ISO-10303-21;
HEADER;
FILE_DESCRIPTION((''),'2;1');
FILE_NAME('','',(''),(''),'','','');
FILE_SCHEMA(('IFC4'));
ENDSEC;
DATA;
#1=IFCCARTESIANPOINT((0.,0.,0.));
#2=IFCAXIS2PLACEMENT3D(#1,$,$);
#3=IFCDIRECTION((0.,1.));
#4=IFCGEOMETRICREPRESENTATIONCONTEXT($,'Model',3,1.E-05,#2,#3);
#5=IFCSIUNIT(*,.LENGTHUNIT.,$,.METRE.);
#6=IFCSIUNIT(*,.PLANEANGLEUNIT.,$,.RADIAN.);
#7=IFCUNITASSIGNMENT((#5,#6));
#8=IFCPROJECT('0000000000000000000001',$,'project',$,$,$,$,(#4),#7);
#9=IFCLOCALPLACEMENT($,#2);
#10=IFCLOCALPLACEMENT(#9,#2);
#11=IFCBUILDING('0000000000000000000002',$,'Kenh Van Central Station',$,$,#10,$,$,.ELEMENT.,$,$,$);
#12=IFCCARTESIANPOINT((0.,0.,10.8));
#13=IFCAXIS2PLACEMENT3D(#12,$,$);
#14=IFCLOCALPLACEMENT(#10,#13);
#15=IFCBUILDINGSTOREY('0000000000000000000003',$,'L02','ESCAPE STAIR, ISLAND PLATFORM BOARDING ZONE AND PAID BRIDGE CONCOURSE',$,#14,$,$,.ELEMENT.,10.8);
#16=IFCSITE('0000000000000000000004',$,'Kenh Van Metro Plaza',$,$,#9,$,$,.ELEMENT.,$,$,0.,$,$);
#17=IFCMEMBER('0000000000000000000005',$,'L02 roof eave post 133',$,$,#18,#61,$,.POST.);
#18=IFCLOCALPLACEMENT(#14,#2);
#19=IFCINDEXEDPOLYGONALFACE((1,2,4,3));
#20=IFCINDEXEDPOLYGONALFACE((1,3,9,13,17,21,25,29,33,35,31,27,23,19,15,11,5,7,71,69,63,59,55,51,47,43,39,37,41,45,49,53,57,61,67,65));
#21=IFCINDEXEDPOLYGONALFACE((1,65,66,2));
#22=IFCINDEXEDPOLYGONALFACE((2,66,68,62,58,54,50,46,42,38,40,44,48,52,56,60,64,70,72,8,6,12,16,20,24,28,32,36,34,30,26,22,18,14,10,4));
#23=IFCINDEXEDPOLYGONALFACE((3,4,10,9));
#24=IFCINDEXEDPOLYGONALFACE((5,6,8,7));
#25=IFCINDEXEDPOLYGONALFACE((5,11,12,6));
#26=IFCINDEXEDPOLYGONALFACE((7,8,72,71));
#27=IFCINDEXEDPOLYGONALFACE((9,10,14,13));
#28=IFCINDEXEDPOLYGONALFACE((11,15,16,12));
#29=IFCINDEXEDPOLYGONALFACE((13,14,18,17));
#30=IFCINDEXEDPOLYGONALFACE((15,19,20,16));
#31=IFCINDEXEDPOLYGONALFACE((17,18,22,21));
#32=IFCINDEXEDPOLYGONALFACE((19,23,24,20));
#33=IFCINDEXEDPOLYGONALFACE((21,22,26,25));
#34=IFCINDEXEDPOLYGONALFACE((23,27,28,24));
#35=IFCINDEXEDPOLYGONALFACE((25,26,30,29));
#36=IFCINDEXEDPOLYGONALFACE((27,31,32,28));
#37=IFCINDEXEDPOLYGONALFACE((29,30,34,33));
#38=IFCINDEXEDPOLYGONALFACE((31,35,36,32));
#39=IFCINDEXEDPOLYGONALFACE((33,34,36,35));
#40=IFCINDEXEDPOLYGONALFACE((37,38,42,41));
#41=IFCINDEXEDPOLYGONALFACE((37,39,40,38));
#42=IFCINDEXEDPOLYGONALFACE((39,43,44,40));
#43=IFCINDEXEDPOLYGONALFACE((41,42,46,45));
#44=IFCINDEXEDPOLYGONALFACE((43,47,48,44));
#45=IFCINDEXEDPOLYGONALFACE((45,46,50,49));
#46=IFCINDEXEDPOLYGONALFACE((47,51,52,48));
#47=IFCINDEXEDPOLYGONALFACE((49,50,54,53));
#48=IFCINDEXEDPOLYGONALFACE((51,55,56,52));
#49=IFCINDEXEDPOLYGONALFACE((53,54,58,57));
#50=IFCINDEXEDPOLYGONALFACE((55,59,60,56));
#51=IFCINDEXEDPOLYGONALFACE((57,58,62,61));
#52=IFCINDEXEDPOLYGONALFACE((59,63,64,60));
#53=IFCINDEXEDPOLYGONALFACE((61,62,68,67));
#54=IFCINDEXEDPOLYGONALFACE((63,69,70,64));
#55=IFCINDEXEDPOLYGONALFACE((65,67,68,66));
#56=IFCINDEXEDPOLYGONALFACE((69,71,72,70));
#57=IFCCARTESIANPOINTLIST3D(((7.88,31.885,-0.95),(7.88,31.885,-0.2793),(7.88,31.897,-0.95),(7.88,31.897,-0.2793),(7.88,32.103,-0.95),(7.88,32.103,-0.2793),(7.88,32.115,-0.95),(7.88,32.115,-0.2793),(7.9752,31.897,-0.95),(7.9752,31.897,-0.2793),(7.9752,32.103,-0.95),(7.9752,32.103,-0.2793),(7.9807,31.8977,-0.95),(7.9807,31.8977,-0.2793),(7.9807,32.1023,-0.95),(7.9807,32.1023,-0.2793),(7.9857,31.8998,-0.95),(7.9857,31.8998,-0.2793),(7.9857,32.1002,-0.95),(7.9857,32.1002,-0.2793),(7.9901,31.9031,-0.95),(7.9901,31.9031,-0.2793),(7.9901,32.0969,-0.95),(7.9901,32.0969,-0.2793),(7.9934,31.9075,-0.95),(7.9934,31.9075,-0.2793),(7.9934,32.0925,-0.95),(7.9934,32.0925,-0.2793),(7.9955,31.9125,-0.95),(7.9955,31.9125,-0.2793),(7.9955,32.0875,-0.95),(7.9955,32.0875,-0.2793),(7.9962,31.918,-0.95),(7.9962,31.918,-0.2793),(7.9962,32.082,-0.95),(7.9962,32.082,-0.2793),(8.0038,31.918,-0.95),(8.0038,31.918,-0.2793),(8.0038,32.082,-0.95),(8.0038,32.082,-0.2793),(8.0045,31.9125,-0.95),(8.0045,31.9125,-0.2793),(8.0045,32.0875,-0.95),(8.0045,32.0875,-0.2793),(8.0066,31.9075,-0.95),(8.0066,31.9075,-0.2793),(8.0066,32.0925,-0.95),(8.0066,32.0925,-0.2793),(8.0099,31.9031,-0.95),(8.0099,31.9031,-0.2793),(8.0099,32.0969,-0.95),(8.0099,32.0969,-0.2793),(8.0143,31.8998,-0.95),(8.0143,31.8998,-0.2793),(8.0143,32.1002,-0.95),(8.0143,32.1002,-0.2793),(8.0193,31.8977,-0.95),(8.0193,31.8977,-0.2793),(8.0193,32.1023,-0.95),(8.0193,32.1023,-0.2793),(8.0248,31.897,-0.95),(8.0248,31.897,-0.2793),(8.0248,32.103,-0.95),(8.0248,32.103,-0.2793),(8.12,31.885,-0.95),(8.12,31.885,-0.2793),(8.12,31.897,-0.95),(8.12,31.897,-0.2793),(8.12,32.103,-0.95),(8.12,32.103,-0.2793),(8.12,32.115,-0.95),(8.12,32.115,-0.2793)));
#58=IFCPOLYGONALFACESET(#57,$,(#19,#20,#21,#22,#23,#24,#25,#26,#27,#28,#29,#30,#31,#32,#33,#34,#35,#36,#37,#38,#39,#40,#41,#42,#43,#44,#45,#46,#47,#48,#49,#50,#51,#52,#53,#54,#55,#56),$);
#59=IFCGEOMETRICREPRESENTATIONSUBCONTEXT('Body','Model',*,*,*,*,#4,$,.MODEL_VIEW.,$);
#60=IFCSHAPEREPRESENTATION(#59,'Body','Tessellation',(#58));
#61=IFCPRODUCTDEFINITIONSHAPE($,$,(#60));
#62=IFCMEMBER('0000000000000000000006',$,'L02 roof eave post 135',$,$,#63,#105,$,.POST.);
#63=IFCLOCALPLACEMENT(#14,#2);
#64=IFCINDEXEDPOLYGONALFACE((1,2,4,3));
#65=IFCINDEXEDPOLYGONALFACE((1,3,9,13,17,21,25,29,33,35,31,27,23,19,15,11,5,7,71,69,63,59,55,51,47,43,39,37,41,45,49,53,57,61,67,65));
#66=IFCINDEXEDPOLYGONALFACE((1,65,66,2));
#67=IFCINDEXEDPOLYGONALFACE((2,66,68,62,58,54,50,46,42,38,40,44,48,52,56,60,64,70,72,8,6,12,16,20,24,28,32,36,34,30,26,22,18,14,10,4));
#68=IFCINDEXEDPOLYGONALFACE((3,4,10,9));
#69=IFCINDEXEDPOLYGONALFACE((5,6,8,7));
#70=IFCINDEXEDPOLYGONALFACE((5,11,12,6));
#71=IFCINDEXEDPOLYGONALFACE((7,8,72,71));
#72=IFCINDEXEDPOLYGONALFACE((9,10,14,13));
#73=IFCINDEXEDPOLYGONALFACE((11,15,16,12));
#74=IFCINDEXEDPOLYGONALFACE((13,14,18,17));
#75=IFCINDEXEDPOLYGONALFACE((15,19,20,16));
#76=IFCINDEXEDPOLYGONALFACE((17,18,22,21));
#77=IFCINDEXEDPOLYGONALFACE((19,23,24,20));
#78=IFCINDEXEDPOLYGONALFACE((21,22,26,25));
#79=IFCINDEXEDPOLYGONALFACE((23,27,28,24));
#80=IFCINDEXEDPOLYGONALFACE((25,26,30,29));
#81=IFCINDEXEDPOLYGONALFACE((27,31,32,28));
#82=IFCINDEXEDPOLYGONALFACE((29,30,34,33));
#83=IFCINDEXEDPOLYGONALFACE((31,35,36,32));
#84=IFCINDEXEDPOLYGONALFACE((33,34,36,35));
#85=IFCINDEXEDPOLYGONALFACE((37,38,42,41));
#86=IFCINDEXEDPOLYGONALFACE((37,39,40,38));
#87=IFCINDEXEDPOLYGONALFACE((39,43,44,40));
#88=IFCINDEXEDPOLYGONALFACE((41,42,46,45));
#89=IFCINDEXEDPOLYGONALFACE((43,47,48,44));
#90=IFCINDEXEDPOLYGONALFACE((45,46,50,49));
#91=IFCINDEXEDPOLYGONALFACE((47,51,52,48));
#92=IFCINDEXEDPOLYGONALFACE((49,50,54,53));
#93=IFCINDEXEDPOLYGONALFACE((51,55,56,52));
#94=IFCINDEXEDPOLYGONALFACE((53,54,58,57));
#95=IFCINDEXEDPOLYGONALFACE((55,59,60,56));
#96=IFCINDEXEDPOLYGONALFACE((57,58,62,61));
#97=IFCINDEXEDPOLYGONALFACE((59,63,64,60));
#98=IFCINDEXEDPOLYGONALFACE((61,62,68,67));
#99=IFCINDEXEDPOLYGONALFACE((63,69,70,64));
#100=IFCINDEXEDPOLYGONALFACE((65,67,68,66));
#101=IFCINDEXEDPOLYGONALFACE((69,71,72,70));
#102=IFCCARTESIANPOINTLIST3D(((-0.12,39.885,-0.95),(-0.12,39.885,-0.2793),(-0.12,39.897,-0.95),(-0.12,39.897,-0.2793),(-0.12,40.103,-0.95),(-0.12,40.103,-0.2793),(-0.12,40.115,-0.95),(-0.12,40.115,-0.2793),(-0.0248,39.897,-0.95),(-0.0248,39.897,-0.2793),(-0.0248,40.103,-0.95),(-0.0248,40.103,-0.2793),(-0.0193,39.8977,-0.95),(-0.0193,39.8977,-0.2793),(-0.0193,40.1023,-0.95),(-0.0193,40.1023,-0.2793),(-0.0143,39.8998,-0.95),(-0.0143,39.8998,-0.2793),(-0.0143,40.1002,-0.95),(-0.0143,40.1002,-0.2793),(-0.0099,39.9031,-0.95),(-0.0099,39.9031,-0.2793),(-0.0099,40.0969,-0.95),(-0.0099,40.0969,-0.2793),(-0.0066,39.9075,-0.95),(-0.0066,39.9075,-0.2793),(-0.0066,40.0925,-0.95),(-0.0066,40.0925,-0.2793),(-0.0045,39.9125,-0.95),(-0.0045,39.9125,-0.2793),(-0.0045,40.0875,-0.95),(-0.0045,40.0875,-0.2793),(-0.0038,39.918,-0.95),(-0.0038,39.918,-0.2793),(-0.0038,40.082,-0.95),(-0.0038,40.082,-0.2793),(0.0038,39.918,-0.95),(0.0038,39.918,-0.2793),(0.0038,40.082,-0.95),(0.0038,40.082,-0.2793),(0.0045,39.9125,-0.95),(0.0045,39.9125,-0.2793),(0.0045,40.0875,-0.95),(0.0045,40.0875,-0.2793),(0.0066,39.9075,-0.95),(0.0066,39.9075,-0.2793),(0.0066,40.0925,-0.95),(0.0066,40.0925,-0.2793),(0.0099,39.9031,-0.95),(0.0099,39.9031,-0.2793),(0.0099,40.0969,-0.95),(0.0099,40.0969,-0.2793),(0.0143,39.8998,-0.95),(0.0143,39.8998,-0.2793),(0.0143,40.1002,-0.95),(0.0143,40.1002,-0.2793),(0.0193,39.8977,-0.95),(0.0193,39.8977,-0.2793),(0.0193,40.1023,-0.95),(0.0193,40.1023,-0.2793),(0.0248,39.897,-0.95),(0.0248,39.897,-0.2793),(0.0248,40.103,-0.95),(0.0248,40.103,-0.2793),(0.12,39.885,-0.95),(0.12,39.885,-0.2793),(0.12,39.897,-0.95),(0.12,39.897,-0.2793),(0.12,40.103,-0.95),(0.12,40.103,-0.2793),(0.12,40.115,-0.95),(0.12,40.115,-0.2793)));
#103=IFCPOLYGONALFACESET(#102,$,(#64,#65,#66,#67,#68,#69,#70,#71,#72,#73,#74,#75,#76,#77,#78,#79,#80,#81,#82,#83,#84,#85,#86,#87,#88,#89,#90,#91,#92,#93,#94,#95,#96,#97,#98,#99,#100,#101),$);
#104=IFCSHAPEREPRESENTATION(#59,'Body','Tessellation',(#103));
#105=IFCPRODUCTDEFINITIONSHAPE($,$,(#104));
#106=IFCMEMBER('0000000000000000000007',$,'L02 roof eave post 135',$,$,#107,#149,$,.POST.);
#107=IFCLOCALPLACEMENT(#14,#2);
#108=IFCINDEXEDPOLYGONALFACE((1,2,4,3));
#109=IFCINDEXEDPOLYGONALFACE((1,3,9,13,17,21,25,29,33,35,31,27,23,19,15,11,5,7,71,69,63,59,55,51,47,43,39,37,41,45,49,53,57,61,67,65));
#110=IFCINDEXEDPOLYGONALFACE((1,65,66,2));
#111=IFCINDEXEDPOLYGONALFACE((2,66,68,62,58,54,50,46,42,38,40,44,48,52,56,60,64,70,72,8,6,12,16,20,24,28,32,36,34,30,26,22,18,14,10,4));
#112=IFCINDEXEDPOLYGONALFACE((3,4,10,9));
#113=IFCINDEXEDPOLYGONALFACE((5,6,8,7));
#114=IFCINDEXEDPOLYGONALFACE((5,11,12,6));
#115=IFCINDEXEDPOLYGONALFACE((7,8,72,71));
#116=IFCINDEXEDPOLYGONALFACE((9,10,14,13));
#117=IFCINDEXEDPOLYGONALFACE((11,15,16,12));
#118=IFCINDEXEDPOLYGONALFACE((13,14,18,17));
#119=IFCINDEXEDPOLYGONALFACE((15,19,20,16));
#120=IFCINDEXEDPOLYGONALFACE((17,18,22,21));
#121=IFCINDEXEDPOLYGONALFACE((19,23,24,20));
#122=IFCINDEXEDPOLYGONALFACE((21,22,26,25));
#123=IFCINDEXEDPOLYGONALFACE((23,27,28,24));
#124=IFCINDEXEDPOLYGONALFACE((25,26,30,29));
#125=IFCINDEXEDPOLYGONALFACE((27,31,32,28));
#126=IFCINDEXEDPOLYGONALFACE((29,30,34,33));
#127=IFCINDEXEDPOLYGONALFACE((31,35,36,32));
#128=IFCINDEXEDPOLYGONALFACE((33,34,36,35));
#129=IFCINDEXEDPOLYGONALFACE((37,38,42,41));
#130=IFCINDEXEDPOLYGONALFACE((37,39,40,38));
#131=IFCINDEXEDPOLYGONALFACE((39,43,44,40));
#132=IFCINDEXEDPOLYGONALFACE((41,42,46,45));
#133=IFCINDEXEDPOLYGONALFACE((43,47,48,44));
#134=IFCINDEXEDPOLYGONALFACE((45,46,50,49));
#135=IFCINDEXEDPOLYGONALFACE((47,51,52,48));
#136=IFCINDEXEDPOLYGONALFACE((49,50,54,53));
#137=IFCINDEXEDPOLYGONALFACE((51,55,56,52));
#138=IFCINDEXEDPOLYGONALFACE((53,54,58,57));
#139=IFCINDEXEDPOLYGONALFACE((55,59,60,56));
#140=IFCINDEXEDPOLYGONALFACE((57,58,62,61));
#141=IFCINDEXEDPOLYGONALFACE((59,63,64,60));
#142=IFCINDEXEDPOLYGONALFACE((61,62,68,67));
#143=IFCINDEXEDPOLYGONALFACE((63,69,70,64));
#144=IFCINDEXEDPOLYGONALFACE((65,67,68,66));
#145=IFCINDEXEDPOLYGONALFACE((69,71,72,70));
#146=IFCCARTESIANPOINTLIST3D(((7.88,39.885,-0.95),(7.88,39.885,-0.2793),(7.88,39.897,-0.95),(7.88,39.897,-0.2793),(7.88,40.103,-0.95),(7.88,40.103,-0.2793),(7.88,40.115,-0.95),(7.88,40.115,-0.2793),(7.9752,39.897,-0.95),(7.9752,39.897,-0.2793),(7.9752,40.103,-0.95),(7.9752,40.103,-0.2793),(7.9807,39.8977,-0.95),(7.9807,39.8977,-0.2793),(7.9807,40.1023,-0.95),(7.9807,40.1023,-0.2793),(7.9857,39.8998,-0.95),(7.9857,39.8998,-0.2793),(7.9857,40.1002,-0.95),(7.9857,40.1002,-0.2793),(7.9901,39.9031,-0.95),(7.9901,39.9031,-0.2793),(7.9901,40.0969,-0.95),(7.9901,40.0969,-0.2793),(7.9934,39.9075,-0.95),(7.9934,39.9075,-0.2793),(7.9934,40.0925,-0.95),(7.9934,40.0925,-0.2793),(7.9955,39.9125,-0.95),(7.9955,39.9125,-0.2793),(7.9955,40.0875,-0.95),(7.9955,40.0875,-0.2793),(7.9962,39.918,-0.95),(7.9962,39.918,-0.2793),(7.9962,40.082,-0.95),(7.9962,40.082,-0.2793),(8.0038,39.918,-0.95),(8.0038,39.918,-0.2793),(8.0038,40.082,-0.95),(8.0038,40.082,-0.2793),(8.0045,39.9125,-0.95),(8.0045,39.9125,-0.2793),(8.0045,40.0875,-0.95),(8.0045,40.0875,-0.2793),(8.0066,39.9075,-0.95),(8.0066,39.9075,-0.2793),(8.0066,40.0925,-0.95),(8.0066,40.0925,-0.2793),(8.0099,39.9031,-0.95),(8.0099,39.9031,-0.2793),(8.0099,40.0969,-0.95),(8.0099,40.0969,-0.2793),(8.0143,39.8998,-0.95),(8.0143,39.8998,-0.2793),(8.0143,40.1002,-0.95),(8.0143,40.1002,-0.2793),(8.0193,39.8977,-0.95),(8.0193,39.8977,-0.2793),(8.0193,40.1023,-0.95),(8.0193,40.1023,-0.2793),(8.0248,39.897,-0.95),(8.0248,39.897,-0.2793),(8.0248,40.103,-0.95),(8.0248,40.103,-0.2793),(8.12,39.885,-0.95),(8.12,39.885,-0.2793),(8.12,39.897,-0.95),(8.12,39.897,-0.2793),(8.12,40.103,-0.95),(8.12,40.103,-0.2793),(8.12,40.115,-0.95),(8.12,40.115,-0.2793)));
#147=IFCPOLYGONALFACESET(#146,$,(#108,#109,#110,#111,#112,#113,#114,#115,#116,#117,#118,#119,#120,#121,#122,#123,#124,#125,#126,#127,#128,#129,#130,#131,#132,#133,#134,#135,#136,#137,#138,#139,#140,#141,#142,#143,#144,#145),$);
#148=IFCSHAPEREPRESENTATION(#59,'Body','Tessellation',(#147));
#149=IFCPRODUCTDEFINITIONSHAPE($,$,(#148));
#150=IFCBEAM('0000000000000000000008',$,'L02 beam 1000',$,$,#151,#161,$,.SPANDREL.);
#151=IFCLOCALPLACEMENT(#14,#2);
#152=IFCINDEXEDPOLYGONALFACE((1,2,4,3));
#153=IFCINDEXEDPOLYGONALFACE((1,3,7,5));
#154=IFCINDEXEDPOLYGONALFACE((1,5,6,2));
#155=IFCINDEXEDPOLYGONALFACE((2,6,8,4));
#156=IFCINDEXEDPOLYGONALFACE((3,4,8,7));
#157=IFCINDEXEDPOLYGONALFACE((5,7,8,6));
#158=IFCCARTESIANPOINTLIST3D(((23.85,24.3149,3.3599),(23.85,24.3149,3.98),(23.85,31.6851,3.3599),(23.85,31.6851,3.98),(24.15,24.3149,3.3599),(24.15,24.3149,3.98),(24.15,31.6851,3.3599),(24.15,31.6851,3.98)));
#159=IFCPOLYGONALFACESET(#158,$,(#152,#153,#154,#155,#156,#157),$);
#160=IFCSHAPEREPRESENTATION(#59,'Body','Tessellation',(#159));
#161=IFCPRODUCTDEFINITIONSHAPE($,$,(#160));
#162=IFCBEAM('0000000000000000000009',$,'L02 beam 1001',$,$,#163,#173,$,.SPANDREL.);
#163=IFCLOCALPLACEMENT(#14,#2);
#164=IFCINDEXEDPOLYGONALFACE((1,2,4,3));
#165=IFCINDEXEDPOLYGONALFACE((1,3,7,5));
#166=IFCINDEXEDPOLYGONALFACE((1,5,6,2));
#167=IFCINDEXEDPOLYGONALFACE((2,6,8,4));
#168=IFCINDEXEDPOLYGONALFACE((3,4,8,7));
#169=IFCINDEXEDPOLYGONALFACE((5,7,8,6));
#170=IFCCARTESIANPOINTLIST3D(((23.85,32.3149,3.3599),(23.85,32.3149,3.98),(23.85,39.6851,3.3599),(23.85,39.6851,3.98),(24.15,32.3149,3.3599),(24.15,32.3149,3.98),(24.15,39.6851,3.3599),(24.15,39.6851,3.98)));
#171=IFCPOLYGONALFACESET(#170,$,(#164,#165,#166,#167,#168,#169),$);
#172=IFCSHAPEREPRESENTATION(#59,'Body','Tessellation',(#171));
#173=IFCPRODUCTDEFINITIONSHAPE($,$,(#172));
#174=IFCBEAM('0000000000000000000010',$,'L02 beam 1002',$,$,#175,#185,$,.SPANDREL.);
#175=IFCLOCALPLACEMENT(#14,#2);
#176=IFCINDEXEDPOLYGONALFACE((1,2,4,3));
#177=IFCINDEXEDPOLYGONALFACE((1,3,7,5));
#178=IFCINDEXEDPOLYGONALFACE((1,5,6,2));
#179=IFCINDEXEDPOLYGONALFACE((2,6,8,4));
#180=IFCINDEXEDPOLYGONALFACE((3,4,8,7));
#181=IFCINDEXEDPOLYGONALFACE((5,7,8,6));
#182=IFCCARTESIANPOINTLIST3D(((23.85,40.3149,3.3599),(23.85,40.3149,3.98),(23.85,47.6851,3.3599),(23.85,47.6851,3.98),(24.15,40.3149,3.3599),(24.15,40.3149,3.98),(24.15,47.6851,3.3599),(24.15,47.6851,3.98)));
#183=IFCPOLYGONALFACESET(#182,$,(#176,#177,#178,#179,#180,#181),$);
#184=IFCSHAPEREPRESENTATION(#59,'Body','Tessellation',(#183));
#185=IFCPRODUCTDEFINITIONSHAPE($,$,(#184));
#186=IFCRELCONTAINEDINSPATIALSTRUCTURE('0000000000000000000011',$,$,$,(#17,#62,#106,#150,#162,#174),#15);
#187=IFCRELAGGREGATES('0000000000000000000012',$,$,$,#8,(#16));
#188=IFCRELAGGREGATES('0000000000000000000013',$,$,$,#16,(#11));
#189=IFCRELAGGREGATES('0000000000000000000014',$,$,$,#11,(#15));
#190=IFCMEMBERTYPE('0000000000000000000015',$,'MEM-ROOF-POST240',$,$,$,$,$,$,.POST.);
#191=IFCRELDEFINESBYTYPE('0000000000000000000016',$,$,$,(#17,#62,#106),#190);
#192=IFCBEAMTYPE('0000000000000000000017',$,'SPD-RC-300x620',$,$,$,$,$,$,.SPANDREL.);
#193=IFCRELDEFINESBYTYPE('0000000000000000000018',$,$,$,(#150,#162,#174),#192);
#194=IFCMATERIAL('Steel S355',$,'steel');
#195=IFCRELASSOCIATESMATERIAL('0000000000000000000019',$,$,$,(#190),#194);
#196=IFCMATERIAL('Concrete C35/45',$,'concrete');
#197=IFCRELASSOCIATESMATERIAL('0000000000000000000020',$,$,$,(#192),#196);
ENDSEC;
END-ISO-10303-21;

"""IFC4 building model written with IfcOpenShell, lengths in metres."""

from ifc_helpers import new_model, si_unit, direction, frame, origin, origin_2d, place, context, subcontext, project, spatial, rectangle, i_section, extrude, material, material_profile, profile_set, type_object, element, save


model = new_model("IFC4")

# Units and contexts
model_context = context("Model", 3, precision=1e-05, world=origin(), true_north=direction((0.0, 1.0)))
body_context = subcontext(model_context, "Body", "Model", "MODEL_VIEW")
ifc_project = project(units=[si_unit("LENGTHUNIT", "METRE"), si_unit("PLANEANGLEUNIT", "RADIAN")], contexts=[model_context])

# Site, building, storey
site_placement = place(None, origin())
site = spatial("IfcSite", under=ifc_project, at=site_placement, Name="Kenh Van Metro Plaza", CompositionType="ELEMENT", RefElevation=0.0)
building_placement = place(site_placement, origin())
building = spatial("IfcBuilding", under=site, at=building_placement, Name="Kenh Van Central Station", CompositionType="ELEMENT")
storey_placement = place(building_placement, frame((0.0, 0.0, 10.8)))
storey = spatial("IfcBuildingStorey", under=building, at=storey_placement, Name="L02", Description="ESCAPE STAIR, ISLAND PLATFORM BOARDING ZONE AND PAID BRIDGE CONCOURSE", CompositionType="ELEMENT", Elevation=10.8)

# Shared definitions
ifc_material_1 = material(Name="Concrete C35/45", Category="concrete")

# Shared definitions
ifc_material_2 = material(Name="Steel S355", Category="steel")

# Members
ifc_material_profile_1 = material_profile(ifc_material_2, i_section(OverallWidth=0.24, OverallDepth=0.23, WebThickness=0.0076, FlangeThickness=0.012, FilletRadius=0.021, at=origin_2d()), Name="HEA 240")
ifc_profile_set_1 = profile_set([ifc_material_profile_1], Name="Steel S355")
member_type_1 = type_object("IfcMemberType", Name="MEM-ROOF-POST240", PredefinedType="POST", material=ifc_profile_set_1)
for number, where, z_axis, x_axis, name in (
    (1, (8.0, 32.0, -0.95), (0.0, 0.0, 1.0), (1.0, 0.0, 0.0), "L02 roof eave post 133"),
    (2, (0.0, 40.0, -0.95), (0.0, 0.0, 1.0), (1.0, 0.0, 0.0), "L02 roof eave post 135"),
    (3, (8.0, 40.0, -0.95), (0.0, 0.0, 1.0), (1.0, 0.0, 0.0), "L02 roof eave post 135"),
):
    element("IfcMember", number, at=place(storey_placement, frame(where, z_axis=z_axis, x_axis=x_axis)), inside=storey, type_object=member_type_1, Name=name, PredefinedType="POST", context=body_context, shape_type="SweptSolid", body=[
        extrude(i_section(OverallWidth=0.24, OverallDepth=0.23, WebThickness=0.0076, FlangeThickness=0.012, FilletRadius=0.021, at=origin_2d()), origin(), (0.0, 0.0, 1.0), 0.6707),
    ])

# Beams
ifc_material_profile_2 = material_profile(ifc_material_1, rectangle(XDim=0.3, YDim=0.6201, at=origin_2d()), Name="RC 300x620")
ifc_profile_set_2 = profile_set([ifc_material_profile_2], Name="Concrete C35/45")
beam_type_1 = type_object("IfcBeamType", Name="SPD-RC-300x620", PredefinedType="SPANDREL", material=ifc_profile_set_2)
for number, where, z_axis, x_axis, name in (
    (4, (24.0, 24.3149, 3.6699), (0.0, 1.0, 0.0), (-1.0, 0.0, 0.0), "L02 beam 1000"),
    (5, (24.0, 32.3149, 3.6699), (0.0, 1.0, 0.0), (-1.0, 0.0, 0.0), "L02 beam 1001"),
    (6, (24.0, 40.3149, 3.6699), (0.0, 1.0, 0.0), (-1.0, 0.0, 0.0), "L02 beam 1002"),
):
    element("IfcBeam", number, at=place(storey_placement, frame(where, z_axis=z_axis, x_axis=x_axis)), inside=storey, type_object=beam_type_1, Name=name, PredefinedType="SPANDREL", context=body_context, shape_type="SweptSolid", body=[
        extrude(rectangle(XDim=0.3, YDim=0.6201, at=origin_2d()), origin(), (0.0, 0.0, 1.0), 7.3701),
    ])

save(model, "model.ifc")
